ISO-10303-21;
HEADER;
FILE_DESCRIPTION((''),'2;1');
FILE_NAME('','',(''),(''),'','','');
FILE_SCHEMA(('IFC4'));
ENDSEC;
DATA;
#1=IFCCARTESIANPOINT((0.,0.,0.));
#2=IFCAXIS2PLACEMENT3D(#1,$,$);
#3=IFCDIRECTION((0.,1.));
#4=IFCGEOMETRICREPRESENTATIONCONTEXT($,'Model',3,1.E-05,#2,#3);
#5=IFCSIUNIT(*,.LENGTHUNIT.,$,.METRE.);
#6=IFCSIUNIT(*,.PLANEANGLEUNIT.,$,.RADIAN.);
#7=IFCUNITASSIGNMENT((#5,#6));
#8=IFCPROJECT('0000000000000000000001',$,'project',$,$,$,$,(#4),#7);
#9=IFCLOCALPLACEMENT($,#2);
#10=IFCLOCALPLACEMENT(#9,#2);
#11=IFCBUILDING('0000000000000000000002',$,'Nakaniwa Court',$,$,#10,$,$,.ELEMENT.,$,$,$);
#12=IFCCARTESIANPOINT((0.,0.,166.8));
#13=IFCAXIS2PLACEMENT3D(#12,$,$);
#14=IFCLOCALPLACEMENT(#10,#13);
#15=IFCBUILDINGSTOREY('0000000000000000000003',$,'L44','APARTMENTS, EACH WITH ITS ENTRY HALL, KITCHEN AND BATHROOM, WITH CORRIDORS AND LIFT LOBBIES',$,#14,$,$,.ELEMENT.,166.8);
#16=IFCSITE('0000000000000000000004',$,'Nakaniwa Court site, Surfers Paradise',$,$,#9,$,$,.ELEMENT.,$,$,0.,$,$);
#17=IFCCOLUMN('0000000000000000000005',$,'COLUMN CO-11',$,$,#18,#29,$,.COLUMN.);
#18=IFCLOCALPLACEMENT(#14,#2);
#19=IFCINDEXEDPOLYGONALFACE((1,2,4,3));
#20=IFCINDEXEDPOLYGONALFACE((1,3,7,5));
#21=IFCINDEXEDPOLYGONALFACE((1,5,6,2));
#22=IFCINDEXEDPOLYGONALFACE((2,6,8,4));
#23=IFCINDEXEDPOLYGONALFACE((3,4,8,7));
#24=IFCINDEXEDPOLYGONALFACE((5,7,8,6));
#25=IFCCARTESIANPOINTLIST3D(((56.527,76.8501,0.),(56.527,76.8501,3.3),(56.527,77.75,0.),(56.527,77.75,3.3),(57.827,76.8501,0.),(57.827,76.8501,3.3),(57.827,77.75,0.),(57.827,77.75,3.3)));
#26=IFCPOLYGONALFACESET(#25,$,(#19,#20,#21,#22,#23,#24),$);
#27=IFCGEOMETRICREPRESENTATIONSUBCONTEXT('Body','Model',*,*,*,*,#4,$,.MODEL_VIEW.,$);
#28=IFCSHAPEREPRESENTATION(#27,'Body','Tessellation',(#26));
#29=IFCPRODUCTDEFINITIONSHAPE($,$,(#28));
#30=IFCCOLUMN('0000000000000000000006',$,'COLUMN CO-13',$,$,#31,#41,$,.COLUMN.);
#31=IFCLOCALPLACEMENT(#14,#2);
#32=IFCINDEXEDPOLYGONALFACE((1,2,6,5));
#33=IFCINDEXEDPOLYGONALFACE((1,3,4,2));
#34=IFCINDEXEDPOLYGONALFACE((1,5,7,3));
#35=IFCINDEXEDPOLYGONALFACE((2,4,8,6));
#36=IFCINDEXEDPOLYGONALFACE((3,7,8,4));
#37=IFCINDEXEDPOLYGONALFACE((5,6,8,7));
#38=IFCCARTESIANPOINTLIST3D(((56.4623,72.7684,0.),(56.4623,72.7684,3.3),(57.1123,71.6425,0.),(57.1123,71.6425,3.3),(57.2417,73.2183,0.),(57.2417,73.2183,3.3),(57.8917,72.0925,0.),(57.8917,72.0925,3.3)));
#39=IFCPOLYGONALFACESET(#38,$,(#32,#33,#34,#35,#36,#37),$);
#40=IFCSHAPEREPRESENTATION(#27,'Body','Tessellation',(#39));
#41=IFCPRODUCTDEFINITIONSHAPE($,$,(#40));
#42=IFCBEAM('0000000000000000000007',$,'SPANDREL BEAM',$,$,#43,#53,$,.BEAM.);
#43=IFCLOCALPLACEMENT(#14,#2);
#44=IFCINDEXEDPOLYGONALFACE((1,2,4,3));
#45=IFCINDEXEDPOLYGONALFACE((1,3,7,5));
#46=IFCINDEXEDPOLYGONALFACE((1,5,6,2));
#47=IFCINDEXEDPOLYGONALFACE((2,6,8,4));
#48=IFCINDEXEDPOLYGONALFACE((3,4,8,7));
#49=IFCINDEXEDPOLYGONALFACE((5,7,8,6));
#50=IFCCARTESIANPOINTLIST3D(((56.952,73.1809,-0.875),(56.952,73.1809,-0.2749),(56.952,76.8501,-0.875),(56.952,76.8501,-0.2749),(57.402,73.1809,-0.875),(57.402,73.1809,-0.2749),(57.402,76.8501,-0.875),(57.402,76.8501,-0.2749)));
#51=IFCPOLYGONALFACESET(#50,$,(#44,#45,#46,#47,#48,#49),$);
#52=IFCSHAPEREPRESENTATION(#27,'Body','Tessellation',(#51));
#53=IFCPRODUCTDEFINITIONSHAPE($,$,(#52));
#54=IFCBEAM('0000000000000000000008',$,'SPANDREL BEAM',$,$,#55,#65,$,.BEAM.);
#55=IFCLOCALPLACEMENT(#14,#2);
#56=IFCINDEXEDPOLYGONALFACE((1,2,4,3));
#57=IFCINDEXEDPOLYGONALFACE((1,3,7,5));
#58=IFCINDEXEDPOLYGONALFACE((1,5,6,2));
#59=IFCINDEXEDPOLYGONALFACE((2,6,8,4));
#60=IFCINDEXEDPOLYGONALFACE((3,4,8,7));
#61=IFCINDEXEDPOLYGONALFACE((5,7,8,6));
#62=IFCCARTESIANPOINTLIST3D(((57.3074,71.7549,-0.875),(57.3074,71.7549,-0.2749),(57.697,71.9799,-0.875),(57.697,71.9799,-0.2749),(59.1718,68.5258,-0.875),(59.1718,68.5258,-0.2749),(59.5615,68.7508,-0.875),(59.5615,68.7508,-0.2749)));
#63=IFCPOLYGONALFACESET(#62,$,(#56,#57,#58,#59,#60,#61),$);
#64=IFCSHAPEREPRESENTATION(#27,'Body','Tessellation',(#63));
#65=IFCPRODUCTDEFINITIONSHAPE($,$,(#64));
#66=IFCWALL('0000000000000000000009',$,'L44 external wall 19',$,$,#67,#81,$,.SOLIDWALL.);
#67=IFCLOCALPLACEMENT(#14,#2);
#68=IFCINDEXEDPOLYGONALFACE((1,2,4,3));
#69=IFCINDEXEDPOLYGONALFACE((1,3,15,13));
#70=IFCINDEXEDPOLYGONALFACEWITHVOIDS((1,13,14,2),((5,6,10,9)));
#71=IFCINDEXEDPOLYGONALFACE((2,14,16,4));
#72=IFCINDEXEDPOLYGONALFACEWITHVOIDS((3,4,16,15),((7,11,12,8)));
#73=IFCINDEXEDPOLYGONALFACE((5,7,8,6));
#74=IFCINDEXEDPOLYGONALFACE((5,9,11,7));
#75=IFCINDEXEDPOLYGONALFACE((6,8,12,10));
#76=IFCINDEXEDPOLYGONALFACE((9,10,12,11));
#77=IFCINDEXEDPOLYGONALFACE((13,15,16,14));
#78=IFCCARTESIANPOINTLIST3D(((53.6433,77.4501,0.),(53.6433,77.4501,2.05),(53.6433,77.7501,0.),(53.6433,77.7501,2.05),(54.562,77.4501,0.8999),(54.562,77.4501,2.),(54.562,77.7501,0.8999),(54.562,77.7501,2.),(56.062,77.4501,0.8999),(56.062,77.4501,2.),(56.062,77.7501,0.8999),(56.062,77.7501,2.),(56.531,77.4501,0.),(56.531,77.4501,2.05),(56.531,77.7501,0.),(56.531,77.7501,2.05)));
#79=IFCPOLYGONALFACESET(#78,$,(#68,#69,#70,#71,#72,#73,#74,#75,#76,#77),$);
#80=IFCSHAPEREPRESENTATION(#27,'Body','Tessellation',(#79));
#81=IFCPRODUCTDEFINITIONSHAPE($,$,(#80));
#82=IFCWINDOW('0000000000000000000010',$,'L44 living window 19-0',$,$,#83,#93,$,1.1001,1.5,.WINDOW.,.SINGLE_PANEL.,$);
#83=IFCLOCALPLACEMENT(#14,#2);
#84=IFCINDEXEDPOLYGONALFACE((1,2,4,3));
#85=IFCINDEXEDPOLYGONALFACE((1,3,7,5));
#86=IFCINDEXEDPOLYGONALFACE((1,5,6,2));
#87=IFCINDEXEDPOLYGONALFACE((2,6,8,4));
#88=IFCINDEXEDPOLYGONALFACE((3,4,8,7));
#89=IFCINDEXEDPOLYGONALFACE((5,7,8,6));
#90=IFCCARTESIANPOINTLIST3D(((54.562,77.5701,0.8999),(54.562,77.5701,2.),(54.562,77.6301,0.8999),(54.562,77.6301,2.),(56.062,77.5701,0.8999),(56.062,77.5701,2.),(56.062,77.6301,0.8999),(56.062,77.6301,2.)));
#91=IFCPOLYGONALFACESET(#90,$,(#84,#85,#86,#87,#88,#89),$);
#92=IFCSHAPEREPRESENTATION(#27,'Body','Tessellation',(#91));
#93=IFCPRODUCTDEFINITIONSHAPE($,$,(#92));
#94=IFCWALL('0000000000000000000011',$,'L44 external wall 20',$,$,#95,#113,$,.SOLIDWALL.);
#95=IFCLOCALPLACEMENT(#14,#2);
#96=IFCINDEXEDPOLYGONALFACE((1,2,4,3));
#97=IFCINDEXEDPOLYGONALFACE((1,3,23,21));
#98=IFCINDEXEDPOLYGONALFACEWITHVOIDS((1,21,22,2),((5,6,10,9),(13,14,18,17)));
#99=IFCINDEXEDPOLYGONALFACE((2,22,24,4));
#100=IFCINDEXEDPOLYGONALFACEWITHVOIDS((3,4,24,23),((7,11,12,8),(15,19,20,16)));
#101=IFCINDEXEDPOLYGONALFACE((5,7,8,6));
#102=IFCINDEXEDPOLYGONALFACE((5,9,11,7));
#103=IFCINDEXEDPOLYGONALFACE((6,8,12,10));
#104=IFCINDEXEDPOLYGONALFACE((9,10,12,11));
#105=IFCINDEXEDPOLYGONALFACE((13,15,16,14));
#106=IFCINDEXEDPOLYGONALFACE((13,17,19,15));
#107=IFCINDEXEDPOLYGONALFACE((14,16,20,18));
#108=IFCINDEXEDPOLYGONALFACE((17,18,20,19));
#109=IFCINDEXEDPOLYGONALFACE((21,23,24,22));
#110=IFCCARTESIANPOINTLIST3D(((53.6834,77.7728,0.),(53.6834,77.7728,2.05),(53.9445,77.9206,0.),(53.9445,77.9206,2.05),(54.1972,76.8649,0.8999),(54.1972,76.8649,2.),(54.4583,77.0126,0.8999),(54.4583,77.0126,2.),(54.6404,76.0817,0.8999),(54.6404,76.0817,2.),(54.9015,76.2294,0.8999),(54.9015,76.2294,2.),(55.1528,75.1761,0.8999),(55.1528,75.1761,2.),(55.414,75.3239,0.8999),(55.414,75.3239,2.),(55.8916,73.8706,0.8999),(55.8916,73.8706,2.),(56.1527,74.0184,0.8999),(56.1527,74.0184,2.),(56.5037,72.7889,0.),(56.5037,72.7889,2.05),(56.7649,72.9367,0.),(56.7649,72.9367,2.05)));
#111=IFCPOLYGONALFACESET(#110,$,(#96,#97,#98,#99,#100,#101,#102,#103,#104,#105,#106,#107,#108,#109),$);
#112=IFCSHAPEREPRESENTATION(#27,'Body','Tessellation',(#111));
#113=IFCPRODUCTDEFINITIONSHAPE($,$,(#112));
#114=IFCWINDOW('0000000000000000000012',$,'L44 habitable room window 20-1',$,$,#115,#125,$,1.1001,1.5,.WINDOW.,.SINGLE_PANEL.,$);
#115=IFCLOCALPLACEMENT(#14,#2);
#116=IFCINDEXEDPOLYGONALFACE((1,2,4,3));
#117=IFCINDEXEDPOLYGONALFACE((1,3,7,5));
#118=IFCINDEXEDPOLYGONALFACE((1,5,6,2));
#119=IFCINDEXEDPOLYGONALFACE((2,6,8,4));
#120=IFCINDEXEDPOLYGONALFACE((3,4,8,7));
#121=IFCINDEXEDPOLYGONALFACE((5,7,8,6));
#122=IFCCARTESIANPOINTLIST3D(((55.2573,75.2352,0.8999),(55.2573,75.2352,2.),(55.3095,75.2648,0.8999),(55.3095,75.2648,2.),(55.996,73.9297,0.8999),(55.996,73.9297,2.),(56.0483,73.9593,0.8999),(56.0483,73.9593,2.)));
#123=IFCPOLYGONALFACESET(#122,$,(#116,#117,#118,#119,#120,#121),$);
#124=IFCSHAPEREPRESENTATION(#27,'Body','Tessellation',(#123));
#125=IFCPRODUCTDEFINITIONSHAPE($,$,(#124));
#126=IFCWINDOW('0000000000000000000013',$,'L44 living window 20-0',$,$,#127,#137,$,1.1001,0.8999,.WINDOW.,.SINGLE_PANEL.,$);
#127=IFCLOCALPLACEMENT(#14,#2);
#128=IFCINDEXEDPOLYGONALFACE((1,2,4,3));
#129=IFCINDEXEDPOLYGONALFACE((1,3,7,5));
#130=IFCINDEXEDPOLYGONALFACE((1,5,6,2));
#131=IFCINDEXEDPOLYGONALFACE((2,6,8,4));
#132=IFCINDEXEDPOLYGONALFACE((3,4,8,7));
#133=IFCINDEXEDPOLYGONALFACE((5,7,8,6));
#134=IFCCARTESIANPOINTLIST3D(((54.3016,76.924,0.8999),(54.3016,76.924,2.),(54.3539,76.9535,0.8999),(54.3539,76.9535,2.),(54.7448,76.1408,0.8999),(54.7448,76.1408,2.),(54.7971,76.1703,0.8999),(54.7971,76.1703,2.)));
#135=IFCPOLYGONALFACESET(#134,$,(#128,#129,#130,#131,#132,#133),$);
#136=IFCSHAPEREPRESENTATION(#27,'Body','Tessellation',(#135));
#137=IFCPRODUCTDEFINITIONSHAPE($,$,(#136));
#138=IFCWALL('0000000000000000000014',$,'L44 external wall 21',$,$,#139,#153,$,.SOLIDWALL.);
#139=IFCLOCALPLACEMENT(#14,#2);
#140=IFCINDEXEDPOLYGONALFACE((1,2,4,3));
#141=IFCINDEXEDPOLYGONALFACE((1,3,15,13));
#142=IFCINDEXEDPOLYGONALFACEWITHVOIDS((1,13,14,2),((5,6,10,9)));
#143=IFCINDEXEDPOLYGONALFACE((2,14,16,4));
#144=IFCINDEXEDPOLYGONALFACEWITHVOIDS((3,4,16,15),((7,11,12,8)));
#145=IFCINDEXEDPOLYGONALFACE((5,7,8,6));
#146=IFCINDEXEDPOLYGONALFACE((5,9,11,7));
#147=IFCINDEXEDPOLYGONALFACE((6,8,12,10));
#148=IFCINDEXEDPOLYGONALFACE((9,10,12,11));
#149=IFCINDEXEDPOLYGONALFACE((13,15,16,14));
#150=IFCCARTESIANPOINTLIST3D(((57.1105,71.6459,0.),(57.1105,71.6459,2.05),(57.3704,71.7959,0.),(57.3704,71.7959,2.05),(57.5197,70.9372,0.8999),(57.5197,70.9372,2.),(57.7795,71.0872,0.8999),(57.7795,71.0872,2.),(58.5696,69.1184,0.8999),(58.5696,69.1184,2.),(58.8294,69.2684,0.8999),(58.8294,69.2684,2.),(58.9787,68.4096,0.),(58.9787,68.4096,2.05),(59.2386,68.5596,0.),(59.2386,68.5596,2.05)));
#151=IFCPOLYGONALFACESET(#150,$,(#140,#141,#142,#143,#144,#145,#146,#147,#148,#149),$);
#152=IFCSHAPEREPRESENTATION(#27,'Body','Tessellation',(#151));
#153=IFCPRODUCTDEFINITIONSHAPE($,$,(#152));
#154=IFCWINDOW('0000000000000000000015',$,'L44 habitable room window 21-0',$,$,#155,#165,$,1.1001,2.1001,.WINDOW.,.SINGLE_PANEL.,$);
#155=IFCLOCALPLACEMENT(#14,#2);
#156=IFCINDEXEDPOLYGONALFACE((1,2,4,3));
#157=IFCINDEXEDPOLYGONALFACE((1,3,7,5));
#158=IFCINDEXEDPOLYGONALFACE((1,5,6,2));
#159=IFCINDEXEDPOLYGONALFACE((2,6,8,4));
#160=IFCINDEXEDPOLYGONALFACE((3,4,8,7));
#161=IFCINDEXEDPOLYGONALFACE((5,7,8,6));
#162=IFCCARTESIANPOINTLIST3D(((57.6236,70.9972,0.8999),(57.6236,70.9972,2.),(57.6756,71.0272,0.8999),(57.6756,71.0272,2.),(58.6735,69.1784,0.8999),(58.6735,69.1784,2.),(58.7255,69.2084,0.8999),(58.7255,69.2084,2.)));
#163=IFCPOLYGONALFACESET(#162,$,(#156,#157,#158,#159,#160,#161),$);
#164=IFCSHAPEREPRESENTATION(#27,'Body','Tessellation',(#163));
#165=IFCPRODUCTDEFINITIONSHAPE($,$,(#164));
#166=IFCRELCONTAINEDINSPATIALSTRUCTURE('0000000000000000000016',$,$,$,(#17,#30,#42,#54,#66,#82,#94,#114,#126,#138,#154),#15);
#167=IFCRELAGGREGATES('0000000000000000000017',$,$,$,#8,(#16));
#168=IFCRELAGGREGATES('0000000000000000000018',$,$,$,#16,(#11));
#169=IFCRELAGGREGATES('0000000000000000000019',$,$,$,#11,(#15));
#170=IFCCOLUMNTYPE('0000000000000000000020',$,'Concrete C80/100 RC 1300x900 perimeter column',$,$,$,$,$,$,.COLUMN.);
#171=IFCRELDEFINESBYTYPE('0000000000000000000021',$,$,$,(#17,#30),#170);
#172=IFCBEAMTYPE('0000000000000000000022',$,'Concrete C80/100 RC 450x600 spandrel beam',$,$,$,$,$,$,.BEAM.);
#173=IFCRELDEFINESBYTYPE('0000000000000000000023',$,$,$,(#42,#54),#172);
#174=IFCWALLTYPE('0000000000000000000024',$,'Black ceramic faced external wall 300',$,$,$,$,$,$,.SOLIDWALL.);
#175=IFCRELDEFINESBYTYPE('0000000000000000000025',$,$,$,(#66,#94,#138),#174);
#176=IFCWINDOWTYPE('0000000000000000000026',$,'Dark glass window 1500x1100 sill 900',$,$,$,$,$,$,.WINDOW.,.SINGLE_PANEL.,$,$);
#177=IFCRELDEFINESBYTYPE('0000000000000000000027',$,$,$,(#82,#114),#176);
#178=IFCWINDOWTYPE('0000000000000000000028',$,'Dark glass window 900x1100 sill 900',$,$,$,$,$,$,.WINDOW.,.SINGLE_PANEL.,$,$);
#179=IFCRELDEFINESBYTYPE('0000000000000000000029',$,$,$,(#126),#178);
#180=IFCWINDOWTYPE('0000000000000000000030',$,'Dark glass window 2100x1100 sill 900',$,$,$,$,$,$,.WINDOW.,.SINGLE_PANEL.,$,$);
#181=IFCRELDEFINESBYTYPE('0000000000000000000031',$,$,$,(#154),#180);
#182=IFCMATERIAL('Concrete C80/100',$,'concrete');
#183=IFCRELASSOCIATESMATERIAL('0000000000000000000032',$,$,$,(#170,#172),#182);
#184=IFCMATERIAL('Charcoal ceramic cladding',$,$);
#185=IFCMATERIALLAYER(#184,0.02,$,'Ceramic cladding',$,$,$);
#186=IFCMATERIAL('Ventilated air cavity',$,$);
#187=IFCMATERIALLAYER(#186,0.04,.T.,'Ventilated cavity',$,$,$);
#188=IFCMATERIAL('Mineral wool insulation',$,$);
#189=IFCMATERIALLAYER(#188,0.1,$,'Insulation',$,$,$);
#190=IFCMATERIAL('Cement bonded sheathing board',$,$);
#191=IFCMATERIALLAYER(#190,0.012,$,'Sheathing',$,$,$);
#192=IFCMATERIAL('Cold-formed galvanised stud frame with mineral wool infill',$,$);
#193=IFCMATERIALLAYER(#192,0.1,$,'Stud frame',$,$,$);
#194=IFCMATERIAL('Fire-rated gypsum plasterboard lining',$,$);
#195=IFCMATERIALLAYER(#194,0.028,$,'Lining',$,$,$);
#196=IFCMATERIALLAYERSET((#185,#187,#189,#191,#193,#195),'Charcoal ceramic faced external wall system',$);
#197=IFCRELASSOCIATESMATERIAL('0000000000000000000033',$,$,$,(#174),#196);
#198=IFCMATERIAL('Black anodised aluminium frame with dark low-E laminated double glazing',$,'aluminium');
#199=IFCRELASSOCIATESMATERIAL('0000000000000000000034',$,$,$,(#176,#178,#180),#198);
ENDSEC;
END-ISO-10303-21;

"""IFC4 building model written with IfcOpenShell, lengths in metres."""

from ifc_helpers import new_model, si_unit, direction, frame, frame_2d, origin, origin_2d, place, context, subcontext, project, spatial, rectangle, extrude, material, layer, layer_set, material_profile, profile_set, type_object, element, fill, save


model = new_model("IFC4")

# Units and contexts
model_context = context("Model", 3, precision=1e-05, world=origin(), true_north=direction((0.0, 1.0)))
body_context = subcontext(model_context, "Body", "Model", "MODEL_VIEW")
ifc_project = project(units=[si_unit("LENGTHUNIT", "METRE"), si_unit("PLANEANGLEUNIT", "RADIAN")], contexts=[model_context])

# Site, building, storey
site_placement = place(None, origin())
site = spatial("IfcSite", under=ifc_project, at=site_placement, Name="Nakaniwa Court site, Surfers Paradise", CompositionType="ELEMENT", RefElevation=0.0)
building_placement = place(site_placement, origin())
building = spatial("IfcBuilding", under=site, at=building_placement, Name="Nakaniwa Court", CompositionType="ELEMENT")
storey_placement = place(building_placement, frame((0.0, 0.0, 166.8)))
storey = spatial("IfcBuildingStorey", under=building, at=storey_placement, Name="L44", Description="APARTMENTS, EACH WITH ITS ENTRY HALL, KITCHEN AND BATHROOM, WITH CORRIDORS AND LIFT LOBBIES", CompositionType="ELEMENT", Elevation=166.8)

# Columns
ifc_material_1 = material(Name="Concrete C80/100", Category="concrete")
ifc_material_profile_1 = material_profile(ifc_material_1, rectangle(XDim=1.3, YDim=0.8999, at=origin_2d()), Name="Concrete C80/100 RC 1300x900 perimeter column")
ifc_profile_set_1 = profile_set([ifc_material_profile_1], Name="Concrete C80/100")
column_type = type_object("IfcColumnType", Name="Concrete C80/100 RC 1300x900 perimeter column", PredefinedType="COLUMN", material=ifc_profile_set_1)
for number, where, z_axis, x_axis, name in (
    (1, (57.177, 77.3, 0.0), (0.0, 0.0, 1.0), (-1.0, 0.0, 0.0), "COLUMN CO-11"),
    (2, (57.177, 72.4304, 0.0), (0.0, 0.0, 1.0), (0.5, -0.866025, 0.0), "COLUMN CO-13"),
):
    element("IfcColumn", number, at=place(storey_placement, frame(where, z_axis=z_axis, x_axis=x_axis)), inside=storey, type_object=column_type, Name=name, PredefinedType="COLUMN", context=body_context, shape_type="SweptSolid", body=[
        extrude(rectangle(XDim=1.3, YDim=0.8999, at=origin_2d()), origin(), (0.0, 0.0, 1.0), 3.3),
    ])

# Beams
ifc_material_profile_2 = material_profile(ifc_material_1, rectangle(XDim=0.45, YDim=0.6001, at=origin_2d()), Name="Concrete C80/100 RC 450x600 spandrel beam")
ifc_profile_set_2 = profile_set([ifc_material_profile_2], Name="Concrete C80/100")
beam_type = type_object("IfcBeamType", Name="Concrete C80/100 RC 450x600 spandrel beam", PredefinedType="BEAM", material=ifc_profile_set_2)
beam_1_placement = place(storey_placement, frame((57.177, 76.8501, -0.575), z_axis=(0.0, -1.0, 0.0), x_axis=(1.0, 0.0, 0.0)))
element("IfcBeam", 3, at=beam_1_placement, inside=storey, type_object=beam_type, Name="SPANDREL BEAM", PredefinedType="BEAM", context=body_context, shape_type="SweptSolid", body=[
    extrude(rectangle(XDim=0.45, YDim=0.6001, at=origin_2d()), origin(), (0.0, 0.0, 1.0), 3.6692),
])
beam_2_placement = place(storey_placement, frame((57.5022, 71.8674, -0.575), z_axis=(0.500019, -0.866014, 0.0), x_axis=(0.866014, 0.500019, 0.0)))
element("IfcBeam", 4, at=beam_2_placement, inside=storey, type_object=beam_type, Name="SPANDREL BEAM", PredefinedType="BEAM", context=body_context, shape_type="SweptSolid", body=[
    extrude(rectangle(XDim=0.45, YDim=0.6001, at=origin_2d()), origin(), (0.0, 0.0, 1.0), 3.7288),
])

# Wall, opening, window
ifc_material_2 = material(Name="Charcoal ceramic cladding")
ifc_layer_1 = layer(ifc_material_2, 0.02, Name="Ceramic cladding")
ifc_material_3 = material(Name="Ventilated air cavity")
ifc_layer_2 = layer(ifc_material_3, 0.04, ventilated=True, Name="Ventilated cavity")
ifc_material_4 = material(Name="Mineral wool insulation")
ifc_layer_3 = layer(ifc_material_4, 0.1, Name="Insulation")
ifc_material_5 = material(Name="Cement bonded sheathing board")
ifc_layer_4 = layer(ifc_material_5, 0.012, Name="Sheathing")
ifc_material_6 = material(Name="Cold-formed galvanised stud frame with mineral wool infill")
ifc_layer_5 = layer(ifc_material_6, 0.1, Name="Stud frame")
ifc_material_7 = material(Name="Fire-rated gypsum plasterboard lining")
ifc_layer_6 = layer(ifc_material_7, 0.028, Name="Lining")
ifc_layer_set_1 = layer_set([ifc_layer_1, ifc_layer_2, ifc_layer_3, ifc_layer_4, ifc_layer_5, ifc_layer_6], Name="Charcoal ceramic faced external wall system")
wall_type_1 = type_object("IfcWallType", Name="Black ceramic faced external wall 300", PredefinedType="SOLIDWALL", material=ifc_layer_set_1)
wall_1_placement = place(storey_placement, frame((56.531, 77.6001, 0.0), z_axis=(0.0, 0.0, 1.0), x_axis=(-1.0, 0.0, 0.0)))
wall_1 = element("IfcWall", 5, at=wall_1_placement, inside=storey, type_object=wall_type_1, Name="L44 external wall 19", PredefinedType="SOLIDWALL", context=body_context, shape_type="SweptSolid", body=[
    extrude(rectangle(XDim=2.8877, YDim=0.3, at=frame_2d((1.4438, 0.0))), origin(), (0.0, 0.0, 1.0), 2.05),
])
opening_1_placement = place(wall_1_placement, frame((0.469, 0.0, 0.8999)))
opening_1 = element("IfcOpeningElement", 6, at=opening_1_placement, cuts=wall_1, PredefinedType="OPENING", context=body_context, shape_type="SweptSolid", body=[
    extrude(rectangle(XDim=1.5, YDim=1.1001, at=frame_2d((0.75, 0.55))), frame((0.0, 0.1599, 0.0), z_axis=(0.0, -1.0, 0.0), x_axis=(1.0, 0.0, 0.0)), (0.0, 0.0, 1.0), 0.3201),
])
ifc_material_8 = material(Name="Black anodised aluminium frame with dark low-E laminated double glazing", Category="aluminium")
window_type_1 = type_object("IfcWindowType", Name="Dark glass window 1500x1100 sill 900", PartitioningType="SINGLE_PANEL", PredefinedType="WINDOW", material=ifc_material_8)
window_1_placement = place(opening_1_placement, origin())
window_1 = element("IfcWindow", 7, at=window_1_placement, inside=storey, type_object=window_type_1, Name="L44 living window 19-0", OverallHeight=1.1001, OverallWidth=1.5, PartitioningType="SINGLE_PANEL", PredefinedType="WINDOW", context=body_context, shape_type="SweptSolid", body=[
    extrude(rectangle(XDim=1.5, YDim=1.1001, at=frame_2d((0.75, 0.55))), frame((0.0, 0.03, 0.0), z_axis=(0.0, -1.0, 0.0), x_axis=(1.0, 0.0, 0.0)), (0.0, 0.0, 1.0), 0.0601),
])
fill(opening_1, window_1)

# Wall, openings, windows
wall_2_placement = place(storey_placement, frame((53.814, 77.8467, 0.0), z_axis=(0.0, 0.0, 1.0), x_axis=(0.492498, -0.870313, 0.0)))
wall_2 = element("IfcWall", 8, at=wall_2_placement, inside=storey, type_object=wall_type_1, Name="L44 external wall 20", PredefinedType="SOLIDWALL", context=body_context, shape_type="SweptSolid", body=[
    extrude(rectangle(XDim=5.7266, YDim=0.3, at=frame_2d((2.8633, 0.0))), origin(), (0.0, 0.0, 1.0), 2.05),
])
opening_2_placement = place(wall_2_placement, frame((1.0432, 0.0, 0.8999)))
opening_2 = element("IfcOpeningElement", 9, at=opening_2_placement, cuts=wall_2, PredefinedType="OPENING", context=body_context, shape_type="SweptSolid", body=[
    extrude(rectangle(XDim=0.8999, YDim=1.1001, at=frame_2d((0.45, 0.55))), frame((0.0, 0.1599, 0.0), z_axis=(0.0, -1.0, 0.0), x_axis=(1.0, 0.0, 0.0)), (0.0, 0.0, 1.0), 0.3201),
])
opening_3_placement = place(wall_2_placement, frame((2.9836, 0.0, 0.8999)))
opening_3 = element("IfcOpeningElement", 10, at=opening_3_placement, cuts=wall_2, PredefinedType="OPENING", context=body_context, shape_type="SweptSolid", body=[
    extrude(rectangle(XDim=1.5, YDim=1.1001, at=frame_2d((0.75, 0.55))), frame((0.0, 0.1599, 0.0), z_axis=(0.0, -1.0, 0.0), x_axis=(1.0, 0.0, 0.0)), (0.0, 0.0, 1.0), 0.3201),
])
window_2_placement = place(opening_3_placement, origin())
window_2 = element("IfcWindow", 11, at=window_2_placement, inside=storey, type_object=window_type_1, Name="L44 habitable room window 20-1", OverallHeight=1.1001, OverallWidth=1.5, PartitioningType="SINGLE_PANEL", PredefinedType="WINDOW", context=body_context, shape_type="SweptSolid", body=[
    extrude(rectangle(XDim=1.5, YDim=1.1001, at=frame_2d((0.75, 0.55))), frame((0.0, 0.03, 0.0), z_axis=(0.0, -1.0, 0.0), x_axis=(1.0, 0.0, 0.0)), (0.0, 0.0, 1.0), 0.0601),
])
fill(opening_3, window_2)
window_type_2 = type_object("IfcWindowType", Name="Dark glass window 900x1100 sill 900", PartitioningType="SINGLE_PANEL", PredefinedType="WINDOW", material=ifc_material_8)
window_3_placement = place(opening_2_placement, origin())
window_3 = element("IfcWindow", 12, at=window_3_placement, inside=storey, type_object=window_type_2, Name="L44 living window 20-0", OverallHeight=1.1001, OverallWidth=0.8999, PartitioningType="SINGLE_PANEL", PredefinedType="WINDOW", context=body_context, shape_type="SweptSolid", body=[
    extrude(rectangle(XDim=0.8999, YDim=1.1001, at=frame_2d((0.45, 0.55))), frame((0.0, 0.03, 0.0), z_axis=(0.0, -1.0, 0.0), x_axis=(1.0, 0.0, 0.0)), (0.0, 0.0, 1.0), 0.0601),
])
fill(opening_2, window_3)

# Wall, opening, window
wall_3_placement = place(storey_placement, frame((57.2405, 71.7209, 0.0), z_axis=(0.0, 0.0, 1.0), x_axis=(0.499934, -0.866064, 0.0)))
wall_3 = element("IfcWall", 13, at=wall_3_placement, inside=storey, type_object=wall_type_1, Name="L44 external wall 21", PredefinedType="SOLIDWALL", context=body_context, shape_type="SweptSolid", body=[
    extrude(rectangle(XDim=3.7368, YDim=0.3, at=frame_2d((1.8684, 0.0))), origin(), (0.0, 0.0, 1.0), 2.05),
])
opening_4_placement = place(wall_3_placement, frame((0.8184, 0.0, 0.8999)))
opening_4 = element("IfcOpeningElement", 14, at=opening_4_placement, cuts=wall_3, PredefinedType="OPENING", context=body_context, shape_type="SweptSolid", body=[
    extrude(rectangle(XDim=2.1001, YDim=1.1001, at=frame_2d((1.05, 0.55))), frame((0.0, 0.1599, 0.0), z_axis=(0.0, -1.0, 0.0), x_axis=(1.0, 0.0, 0.0)), (0.0, 0.0, 1.0), 0.3201),
])
window_type_3 = type_object("IfcWindowType", Name="Dark glass window 2100x1100 sill 900", PartitioningType="SINGLE_PANEL", PredefinedType="WINDOW", material=ifc_material_8)
window_4_placement = place(opening_4_placement, origin())
window_4 = element("IfcWindow", 15, at=window_4_placement, inside=storey, type_object=window_type_3, Name="L44 habitable room window 21-0", OverallHeight=1.1001, OverallWidth=2.1001, PartitioningType="SINGLE_PANEL", PredefinedType="WINDOW", context=body_context, shape_type="SweptSolid", body=[
    extrude(rectangle(XDim=2.1001, YDim=1.1001, at=frame_2d((1.05, 0.55))), frame((0.0, 0.03, 0.0), z_axis=(0.0, -1.0, 0.0), x_axis=(1.0, 0.0, 0.0)), (0.0, 0.0, 1.0), 0.0601),
])
fill(opening_4, window_4)

save(model, "model.ifc")
